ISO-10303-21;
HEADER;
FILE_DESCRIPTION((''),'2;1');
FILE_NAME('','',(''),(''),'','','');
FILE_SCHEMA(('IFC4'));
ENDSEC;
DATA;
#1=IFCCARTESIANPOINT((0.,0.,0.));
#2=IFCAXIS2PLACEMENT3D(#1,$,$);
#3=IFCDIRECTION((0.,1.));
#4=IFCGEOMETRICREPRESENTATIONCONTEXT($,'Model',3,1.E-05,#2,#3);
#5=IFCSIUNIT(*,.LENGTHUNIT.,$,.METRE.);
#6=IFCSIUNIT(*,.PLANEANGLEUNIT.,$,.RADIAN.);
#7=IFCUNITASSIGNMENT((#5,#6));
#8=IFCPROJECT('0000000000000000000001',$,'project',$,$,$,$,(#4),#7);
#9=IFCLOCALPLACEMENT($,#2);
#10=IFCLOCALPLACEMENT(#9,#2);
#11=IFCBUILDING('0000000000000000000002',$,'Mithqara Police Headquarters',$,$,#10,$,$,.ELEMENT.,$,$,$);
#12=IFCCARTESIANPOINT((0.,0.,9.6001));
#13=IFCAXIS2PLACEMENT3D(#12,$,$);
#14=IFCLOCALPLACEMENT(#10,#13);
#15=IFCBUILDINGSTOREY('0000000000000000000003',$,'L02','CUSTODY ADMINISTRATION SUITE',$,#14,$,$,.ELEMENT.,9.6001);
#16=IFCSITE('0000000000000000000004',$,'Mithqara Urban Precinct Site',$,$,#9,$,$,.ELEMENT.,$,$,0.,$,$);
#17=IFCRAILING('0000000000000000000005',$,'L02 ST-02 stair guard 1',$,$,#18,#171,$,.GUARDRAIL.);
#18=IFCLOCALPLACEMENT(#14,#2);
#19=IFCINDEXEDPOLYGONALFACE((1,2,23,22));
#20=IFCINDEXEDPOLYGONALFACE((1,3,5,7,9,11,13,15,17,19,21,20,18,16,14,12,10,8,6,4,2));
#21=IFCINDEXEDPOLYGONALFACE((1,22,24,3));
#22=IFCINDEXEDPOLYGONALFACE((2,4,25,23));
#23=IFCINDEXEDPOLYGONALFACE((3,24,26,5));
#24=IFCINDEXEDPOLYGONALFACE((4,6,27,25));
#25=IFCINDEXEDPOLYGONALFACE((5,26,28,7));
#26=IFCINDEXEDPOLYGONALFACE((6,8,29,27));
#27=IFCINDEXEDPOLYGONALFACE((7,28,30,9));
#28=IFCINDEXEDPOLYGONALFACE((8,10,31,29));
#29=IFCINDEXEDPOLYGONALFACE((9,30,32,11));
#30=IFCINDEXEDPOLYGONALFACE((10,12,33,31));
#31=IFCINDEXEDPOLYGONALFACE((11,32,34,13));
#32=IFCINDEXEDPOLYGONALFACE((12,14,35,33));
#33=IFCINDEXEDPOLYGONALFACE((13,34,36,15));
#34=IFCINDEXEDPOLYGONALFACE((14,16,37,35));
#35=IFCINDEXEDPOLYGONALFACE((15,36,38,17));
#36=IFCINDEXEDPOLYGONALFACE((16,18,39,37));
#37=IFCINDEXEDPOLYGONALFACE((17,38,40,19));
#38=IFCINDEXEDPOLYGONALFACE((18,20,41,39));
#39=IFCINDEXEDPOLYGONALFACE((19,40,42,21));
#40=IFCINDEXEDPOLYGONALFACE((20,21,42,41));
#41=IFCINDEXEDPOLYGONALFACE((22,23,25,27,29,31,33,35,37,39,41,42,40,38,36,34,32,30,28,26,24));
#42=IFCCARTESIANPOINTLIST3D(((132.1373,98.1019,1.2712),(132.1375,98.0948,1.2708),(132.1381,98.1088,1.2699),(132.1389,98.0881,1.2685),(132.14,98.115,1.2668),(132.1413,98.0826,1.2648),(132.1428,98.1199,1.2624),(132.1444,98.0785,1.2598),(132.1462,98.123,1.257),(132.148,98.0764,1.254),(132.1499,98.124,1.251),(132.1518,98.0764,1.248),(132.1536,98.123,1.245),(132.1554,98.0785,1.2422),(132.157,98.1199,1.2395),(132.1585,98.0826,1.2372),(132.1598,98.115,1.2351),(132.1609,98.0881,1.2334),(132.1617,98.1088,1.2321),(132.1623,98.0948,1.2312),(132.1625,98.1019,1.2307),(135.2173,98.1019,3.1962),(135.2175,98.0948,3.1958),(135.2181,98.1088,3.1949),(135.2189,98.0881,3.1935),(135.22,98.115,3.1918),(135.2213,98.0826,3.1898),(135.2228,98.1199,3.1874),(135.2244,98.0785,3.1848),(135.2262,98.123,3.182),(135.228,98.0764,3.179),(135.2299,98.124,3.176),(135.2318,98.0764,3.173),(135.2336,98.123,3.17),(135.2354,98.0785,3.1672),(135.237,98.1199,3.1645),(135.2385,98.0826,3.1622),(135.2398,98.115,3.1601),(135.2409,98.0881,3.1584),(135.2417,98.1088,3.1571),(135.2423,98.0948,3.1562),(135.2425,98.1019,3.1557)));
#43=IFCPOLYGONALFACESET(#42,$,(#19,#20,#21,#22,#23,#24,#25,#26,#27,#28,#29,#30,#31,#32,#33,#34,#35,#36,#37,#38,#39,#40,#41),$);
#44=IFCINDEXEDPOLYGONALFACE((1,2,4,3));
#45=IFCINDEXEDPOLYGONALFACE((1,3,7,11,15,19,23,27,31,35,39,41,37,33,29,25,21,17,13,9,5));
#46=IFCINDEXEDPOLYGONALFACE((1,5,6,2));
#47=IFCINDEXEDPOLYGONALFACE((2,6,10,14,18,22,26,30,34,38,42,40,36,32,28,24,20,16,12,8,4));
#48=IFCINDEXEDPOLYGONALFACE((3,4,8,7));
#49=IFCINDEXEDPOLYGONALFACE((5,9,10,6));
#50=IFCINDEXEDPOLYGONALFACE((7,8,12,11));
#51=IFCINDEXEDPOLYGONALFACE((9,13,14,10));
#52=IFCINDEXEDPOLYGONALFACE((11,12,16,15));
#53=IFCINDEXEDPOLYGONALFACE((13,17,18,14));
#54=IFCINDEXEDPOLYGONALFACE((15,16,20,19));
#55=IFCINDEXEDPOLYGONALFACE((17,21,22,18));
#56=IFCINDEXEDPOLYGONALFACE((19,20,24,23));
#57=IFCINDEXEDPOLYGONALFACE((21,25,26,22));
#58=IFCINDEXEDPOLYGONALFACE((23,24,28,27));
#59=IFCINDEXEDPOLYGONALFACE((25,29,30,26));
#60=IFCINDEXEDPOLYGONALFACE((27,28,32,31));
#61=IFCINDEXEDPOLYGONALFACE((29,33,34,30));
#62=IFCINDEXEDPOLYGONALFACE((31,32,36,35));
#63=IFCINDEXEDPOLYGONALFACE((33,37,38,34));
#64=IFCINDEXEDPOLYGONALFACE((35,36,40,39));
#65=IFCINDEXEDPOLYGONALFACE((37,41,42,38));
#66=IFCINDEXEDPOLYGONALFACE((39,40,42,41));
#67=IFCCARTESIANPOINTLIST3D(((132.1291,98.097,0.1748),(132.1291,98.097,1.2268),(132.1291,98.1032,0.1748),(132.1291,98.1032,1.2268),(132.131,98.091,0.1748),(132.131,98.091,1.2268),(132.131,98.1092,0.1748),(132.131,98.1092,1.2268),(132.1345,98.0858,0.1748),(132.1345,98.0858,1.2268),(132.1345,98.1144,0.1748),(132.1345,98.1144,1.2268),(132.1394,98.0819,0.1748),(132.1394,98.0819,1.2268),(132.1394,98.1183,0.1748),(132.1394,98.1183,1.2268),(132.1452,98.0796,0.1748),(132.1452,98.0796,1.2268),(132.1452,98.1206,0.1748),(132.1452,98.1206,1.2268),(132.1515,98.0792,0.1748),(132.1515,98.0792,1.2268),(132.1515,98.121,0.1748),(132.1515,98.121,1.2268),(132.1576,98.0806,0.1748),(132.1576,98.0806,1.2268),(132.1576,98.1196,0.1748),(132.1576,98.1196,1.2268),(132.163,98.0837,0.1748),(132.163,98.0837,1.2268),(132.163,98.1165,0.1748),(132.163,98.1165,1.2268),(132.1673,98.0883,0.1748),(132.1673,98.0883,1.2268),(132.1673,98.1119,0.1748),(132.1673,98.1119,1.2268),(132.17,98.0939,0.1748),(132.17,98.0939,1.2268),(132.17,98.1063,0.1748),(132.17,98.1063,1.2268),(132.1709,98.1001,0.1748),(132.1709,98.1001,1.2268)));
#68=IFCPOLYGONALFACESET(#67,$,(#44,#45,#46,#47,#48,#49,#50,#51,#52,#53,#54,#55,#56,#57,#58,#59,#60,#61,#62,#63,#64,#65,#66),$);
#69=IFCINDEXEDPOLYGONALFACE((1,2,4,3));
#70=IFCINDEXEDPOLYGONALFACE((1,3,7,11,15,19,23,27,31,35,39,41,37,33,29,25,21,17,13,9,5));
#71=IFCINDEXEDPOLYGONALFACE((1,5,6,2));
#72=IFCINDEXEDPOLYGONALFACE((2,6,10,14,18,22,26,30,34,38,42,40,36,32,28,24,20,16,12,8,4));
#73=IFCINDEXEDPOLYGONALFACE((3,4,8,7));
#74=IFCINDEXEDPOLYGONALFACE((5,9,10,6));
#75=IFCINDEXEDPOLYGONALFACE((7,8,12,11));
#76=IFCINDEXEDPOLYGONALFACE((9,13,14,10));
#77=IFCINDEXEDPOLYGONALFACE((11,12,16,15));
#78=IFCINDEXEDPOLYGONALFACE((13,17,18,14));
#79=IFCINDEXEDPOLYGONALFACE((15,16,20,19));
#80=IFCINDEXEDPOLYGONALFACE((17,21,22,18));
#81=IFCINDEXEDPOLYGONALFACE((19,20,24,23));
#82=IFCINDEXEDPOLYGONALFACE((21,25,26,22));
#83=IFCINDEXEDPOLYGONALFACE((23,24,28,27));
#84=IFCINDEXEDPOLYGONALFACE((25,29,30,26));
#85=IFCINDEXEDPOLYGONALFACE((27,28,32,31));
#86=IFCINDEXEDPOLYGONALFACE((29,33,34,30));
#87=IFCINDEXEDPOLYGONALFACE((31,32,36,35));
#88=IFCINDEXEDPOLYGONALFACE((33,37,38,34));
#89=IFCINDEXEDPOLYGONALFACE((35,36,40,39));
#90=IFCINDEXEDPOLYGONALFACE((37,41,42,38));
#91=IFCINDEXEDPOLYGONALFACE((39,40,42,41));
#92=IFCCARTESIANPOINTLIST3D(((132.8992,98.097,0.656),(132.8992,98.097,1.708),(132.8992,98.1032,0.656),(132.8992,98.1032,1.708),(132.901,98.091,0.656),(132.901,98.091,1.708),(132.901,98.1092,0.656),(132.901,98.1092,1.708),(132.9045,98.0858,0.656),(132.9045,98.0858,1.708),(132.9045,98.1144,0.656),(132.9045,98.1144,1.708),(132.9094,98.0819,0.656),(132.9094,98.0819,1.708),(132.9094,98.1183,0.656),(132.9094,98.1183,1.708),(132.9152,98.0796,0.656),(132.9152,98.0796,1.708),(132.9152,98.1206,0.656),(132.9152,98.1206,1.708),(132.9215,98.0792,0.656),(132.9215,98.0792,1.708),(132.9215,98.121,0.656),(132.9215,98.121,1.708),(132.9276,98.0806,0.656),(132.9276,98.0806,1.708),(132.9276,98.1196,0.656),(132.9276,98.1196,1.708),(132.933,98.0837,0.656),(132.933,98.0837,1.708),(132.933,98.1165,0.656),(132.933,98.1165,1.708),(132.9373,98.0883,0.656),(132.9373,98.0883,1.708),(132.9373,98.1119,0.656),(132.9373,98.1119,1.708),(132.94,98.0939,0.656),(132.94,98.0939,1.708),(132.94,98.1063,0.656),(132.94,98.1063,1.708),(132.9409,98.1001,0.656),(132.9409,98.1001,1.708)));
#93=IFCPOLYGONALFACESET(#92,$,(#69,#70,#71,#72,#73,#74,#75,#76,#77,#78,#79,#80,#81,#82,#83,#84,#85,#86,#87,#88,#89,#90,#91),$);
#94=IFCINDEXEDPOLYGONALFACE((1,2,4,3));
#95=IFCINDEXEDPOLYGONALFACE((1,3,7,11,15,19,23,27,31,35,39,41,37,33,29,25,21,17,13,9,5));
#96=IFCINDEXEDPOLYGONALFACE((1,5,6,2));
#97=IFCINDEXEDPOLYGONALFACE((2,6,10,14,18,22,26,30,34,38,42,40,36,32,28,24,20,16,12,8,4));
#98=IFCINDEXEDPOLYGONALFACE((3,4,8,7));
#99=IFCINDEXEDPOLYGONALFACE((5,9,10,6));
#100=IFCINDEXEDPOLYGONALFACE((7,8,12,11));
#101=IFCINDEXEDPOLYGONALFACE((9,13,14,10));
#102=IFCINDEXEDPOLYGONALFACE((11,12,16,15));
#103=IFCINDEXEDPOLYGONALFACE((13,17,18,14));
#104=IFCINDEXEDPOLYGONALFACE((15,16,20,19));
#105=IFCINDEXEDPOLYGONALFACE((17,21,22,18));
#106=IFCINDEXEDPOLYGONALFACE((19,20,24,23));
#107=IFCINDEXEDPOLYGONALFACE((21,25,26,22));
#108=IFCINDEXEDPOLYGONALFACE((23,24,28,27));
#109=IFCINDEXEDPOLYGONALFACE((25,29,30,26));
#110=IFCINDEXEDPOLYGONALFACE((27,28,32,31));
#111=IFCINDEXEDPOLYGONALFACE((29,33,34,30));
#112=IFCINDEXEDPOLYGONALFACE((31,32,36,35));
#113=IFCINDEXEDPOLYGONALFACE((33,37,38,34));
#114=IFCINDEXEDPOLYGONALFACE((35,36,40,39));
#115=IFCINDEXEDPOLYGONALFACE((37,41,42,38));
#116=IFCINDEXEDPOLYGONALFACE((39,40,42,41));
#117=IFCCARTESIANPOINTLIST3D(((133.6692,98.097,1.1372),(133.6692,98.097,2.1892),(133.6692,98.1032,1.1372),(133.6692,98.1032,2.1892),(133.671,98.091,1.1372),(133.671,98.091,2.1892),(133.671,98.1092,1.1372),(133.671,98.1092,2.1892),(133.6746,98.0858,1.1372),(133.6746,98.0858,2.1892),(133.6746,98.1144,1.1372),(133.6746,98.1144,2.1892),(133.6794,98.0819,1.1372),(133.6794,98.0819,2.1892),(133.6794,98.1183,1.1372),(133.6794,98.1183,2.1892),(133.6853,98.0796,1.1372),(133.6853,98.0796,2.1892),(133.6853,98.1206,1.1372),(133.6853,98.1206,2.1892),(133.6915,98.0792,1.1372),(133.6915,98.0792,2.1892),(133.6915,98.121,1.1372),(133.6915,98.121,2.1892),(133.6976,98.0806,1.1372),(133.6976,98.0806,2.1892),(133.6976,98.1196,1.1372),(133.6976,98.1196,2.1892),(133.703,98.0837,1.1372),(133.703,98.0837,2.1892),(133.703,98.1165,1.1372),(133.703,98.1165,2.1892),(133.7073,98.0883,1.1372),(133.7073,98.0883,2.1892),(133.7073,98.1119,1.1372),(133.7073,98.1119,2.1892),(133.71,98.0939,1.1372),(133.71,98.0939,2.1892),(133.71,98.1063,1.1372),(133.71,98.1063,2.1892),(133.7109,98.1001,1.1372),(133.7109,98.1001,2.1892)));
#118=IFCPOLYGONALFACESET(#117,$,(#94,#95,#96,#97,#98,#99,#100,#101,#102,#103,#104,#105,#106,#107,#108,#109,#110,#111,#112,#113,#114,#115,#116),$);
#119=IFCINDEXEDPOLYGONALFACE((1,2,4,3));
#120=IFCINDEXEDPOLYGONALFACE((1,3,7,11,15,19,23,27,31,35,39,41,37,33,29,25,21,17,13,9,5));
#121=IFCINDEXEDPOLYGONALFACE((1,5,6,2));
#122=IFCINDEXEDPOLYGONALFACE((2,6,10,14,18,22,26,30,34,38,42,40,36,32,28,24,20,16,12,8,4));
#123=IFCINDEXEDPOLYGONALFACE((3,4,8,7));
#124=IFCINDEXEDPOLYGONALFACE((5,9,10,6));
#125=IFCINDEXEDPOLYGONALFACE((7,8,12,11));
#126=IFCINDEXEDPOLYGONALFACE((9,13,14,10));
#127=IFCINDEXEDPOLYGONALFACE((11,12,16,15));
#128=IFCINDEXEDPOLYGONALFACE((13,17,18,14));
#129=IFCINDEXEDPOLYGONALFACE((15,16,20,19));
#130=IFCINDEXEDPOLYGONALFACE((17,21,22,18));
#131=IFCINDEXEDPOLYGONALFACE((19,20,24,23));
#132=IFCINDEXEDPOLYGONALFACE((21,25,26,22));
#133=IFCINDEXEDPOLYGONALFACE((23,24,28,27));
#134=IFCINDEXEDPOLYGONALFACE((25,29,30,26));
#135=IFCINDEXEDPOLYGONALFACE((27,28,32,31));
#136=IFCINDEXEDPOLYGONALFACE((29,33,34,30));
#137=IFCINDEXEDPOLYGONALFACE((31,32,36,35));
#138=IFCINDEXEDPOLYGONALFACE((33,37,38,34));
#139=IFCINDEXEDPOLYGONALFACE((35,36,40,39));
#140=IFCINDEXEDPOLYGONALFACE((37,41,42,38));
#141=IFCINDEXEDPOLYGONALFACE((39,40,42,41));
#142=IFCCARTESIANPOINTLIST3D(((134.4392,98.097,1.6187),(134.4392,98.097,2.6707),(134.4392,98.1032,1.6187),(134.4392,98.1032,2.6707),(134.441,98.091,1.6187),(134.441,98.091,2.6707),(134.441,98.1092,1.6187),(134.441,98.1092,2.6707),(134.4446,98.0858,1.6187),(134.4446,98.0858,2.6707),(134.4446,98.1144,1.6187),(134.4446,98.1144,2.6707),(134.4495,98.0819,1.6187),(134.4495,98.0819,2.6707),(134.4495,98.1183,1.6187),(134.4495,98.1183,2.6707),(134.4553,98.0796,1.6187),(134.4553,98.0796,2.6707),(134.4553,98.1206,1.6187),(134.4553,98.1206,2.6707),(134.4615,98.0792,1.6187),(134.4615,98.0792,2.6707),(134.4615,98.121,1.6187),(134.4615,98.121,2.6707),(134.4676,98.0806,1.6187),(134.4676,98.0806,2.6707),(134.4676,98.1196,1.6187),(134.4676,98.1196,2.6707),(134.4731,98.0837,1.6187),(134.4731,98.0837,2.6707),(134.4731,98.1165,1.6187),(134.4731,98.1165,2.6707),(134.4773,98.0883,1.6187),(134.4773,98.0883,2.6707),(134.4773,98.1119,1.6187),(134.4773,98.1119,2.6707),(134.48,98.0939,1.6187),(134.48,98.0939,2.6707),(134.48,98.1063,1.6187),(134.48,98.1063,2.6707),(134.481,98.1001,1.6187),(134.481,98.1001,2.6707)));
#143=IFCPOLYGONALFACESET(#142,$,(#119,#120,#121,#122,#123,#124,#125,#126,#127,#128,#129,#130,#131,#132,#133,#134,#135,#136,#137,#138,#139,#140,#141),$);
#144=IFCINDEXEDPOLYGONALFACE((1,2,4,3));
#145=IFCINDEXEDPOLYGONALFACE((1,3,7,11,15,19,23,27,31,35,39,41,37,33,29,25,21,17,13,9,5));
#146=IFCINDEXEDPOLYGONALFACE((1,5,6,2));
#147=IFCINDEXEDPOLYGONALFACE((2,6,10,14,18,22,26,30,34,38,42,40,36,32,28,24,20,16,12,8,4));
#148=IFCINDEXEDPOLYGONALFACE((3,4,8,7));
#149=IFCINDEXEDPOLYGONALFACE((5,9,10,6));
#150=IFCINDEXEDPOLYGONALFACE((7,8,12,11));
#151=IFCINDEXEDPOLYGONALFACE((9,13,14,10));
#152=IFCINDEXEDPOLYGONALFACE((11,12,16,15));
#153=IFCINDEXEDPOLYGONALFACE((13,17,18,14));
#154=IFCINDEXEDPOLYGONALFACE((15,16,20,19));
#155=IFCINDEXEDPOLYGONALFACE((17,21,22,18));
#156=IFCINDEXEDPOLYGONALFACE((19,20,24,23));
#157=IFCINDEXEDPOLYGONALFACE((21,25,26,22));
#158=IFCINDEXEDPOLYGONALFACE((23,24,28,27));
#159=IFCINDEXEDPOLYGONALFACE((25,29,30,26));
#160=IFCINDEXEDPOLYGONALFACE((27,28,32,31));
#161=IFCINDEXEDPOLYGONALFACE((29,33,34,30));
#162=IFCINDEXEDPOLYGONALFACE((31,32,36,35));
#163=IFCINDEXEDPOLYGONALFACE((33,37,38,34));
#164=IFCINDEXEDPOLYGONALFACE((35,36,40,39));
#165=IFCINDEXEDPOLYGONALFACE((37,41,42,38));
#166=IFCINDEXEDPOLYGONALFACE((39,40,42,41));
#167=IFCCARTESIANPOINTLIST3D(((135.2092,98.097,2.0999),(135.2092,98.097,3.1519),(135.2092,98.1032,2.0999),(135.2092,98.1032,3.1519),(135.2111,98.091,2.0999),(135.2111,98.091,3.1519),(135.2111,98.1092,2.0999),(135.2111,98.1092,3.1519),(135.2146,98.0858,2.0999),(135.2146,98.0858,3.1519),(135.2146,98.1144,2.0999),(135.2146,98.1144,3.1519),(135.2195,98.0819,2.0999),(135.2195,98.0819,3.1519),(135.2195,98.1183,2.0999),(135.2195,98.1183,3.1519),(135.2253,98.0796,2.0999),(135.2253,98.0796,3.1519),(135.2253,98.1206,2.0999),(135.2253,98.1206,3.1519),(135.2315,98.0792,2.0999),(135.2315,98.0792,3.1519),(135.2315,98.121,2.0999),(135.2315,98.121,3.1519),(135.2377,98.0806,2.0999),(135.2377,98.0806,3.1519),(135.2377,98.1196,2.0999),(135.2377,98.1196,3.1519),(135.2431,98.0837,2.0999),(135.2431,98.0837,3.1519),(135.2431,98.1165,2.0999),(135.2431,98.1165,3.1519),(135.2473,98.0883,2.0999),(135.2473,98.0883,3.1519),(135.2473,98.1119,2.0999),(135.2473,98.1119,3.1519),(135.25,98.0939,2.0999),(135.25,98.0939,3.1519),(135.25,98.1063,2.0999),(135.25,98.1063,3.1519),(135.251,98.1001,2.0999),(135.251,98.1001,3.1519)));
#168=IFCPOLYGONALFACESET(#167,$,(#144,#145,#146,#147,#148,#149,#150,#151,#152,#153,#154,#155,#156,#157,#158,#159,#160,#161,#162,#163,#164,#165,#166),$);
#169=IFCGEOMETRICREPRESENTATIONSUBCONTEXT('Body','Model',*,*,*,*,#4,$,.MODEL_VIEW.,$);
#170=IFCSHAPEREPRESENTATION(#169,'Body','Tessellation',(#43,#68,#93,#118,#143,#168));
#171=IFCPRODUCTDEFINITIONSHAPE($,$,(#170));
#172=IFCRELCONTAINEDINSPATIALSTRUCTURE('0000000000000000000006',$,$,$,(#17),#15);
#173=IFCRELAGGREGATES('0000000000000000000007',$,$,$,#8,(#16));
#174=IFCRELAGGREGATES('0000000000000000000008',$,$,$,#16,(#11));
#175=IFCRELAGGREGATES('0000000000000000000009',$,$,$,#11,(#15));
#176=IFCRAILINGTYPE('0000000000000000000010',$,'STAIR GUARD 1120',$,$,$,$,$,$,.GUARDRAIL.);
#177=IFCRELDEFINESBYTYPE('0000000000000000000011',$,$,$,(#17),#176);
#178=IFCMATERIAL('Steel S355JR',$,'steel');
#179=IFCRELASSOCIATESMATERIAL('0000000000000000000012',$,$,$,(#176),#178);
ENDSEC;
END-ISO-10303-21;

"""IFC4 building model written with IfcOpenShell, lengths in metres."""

from ifc_helpers import new_model, si_unit, direction, frame, origin, origin_2d, place, context, subcontext, project, spatial, circle, extrude, material, type_object, element, save


model = new_model("IFC4")

# Units and contexts
model_context = context("Model", 3, precision=1e-05, world=origin(), true_north=direction((0.0, 1.0)))
body_context = subcontext(model_context, "Body", "Model", "MODEL_VIEW")
ifc_project = project(units=[si_unit("LENGTHUNIT", "METRE"), si_unit("PLANEANGLEUNIT", "RADIAN")], contexts=[model_context])

# Site, building, storey
site_placement = place(None, origin())
site = spatial("IfcSite", under=ifc_project, at=site_placement, Name="Mithqara Urban Precinct Site", CompositionType="ELEMENT", RefElevation=0.0)
building_placement = place(site_placement, origin())
building = spatial("IfcBuilding", under=site, at=building_placement, Name="Mithqara Police Headquarters", CompositionType="ELEMENT")
storey_placement = place(building_placement, frame((0.0, 0.0, 9.6001)))
storey = spatial("IfcBuildingStorey", under=building, at=storey_placement, Name="L02", Description="CUSTODY ADMINISTRATION SUITE", CompositionType="ELEMENT", Elevation=9.6001)

# Shared definitions
ifc_material_1 = material(Name="Steel S355JR", Category="steel")

# Railing
railing_type_1 = type_object("IfcRailingType", Name="STAIR GUARD 1120", PredefinedType="GUARDRAIL", material=ifc_material_1)
railing_1_placement = place(storey_placement, frame((132.1499, 98.1001, 0.1748)))
element("IfcRailing", 1, at=railing_1_placement, inside=storey, type_object=railing_type_1, Name="L02 ST-02 stair guard 1", PredefinedType="GUARDRAIL", context=body_context, shape_type="SweptSolid", body=[
    extrude(circle(Radius=0.0239, at=origin_2d()), frame((0.0, 0.0, 1.0762), z_axis=(0.847998, 0.0, 0.529999), x_axis=(0.0, 1.0, 0.0)), (0.0, 0.0, 1.0), 3.6321),
    extrude(circle(Radius=0.021, at=origin_2d()), origin(), (0.0, 0.0, 1.0), 1.052),
    extrude(circle(Radius=0.021, at=origin_2d()), frame((0.77, 0.0, 0.4812)), (0.0, 0.0, 1.0), 1.052),
    extrude(circle(Radius=0.021, at=origin_2d()), frame((1.54, 0.0, 0.9624)), (0.0, 0.0, 1.0), 1.052),
    extrude(circle(Radius=0.021, at=origin_2d()), frame((2.3101, 0.0, 1.4438)), (0.0, 0.0, 1.0), 1.052),
    extrude(circle(Radius=0.021, at=origin_2d()), frame((3.0801, 0.0, 1.925)), (0.0, 0.0, 1.0), 1.052),
])

save(model, "model.ifc")
